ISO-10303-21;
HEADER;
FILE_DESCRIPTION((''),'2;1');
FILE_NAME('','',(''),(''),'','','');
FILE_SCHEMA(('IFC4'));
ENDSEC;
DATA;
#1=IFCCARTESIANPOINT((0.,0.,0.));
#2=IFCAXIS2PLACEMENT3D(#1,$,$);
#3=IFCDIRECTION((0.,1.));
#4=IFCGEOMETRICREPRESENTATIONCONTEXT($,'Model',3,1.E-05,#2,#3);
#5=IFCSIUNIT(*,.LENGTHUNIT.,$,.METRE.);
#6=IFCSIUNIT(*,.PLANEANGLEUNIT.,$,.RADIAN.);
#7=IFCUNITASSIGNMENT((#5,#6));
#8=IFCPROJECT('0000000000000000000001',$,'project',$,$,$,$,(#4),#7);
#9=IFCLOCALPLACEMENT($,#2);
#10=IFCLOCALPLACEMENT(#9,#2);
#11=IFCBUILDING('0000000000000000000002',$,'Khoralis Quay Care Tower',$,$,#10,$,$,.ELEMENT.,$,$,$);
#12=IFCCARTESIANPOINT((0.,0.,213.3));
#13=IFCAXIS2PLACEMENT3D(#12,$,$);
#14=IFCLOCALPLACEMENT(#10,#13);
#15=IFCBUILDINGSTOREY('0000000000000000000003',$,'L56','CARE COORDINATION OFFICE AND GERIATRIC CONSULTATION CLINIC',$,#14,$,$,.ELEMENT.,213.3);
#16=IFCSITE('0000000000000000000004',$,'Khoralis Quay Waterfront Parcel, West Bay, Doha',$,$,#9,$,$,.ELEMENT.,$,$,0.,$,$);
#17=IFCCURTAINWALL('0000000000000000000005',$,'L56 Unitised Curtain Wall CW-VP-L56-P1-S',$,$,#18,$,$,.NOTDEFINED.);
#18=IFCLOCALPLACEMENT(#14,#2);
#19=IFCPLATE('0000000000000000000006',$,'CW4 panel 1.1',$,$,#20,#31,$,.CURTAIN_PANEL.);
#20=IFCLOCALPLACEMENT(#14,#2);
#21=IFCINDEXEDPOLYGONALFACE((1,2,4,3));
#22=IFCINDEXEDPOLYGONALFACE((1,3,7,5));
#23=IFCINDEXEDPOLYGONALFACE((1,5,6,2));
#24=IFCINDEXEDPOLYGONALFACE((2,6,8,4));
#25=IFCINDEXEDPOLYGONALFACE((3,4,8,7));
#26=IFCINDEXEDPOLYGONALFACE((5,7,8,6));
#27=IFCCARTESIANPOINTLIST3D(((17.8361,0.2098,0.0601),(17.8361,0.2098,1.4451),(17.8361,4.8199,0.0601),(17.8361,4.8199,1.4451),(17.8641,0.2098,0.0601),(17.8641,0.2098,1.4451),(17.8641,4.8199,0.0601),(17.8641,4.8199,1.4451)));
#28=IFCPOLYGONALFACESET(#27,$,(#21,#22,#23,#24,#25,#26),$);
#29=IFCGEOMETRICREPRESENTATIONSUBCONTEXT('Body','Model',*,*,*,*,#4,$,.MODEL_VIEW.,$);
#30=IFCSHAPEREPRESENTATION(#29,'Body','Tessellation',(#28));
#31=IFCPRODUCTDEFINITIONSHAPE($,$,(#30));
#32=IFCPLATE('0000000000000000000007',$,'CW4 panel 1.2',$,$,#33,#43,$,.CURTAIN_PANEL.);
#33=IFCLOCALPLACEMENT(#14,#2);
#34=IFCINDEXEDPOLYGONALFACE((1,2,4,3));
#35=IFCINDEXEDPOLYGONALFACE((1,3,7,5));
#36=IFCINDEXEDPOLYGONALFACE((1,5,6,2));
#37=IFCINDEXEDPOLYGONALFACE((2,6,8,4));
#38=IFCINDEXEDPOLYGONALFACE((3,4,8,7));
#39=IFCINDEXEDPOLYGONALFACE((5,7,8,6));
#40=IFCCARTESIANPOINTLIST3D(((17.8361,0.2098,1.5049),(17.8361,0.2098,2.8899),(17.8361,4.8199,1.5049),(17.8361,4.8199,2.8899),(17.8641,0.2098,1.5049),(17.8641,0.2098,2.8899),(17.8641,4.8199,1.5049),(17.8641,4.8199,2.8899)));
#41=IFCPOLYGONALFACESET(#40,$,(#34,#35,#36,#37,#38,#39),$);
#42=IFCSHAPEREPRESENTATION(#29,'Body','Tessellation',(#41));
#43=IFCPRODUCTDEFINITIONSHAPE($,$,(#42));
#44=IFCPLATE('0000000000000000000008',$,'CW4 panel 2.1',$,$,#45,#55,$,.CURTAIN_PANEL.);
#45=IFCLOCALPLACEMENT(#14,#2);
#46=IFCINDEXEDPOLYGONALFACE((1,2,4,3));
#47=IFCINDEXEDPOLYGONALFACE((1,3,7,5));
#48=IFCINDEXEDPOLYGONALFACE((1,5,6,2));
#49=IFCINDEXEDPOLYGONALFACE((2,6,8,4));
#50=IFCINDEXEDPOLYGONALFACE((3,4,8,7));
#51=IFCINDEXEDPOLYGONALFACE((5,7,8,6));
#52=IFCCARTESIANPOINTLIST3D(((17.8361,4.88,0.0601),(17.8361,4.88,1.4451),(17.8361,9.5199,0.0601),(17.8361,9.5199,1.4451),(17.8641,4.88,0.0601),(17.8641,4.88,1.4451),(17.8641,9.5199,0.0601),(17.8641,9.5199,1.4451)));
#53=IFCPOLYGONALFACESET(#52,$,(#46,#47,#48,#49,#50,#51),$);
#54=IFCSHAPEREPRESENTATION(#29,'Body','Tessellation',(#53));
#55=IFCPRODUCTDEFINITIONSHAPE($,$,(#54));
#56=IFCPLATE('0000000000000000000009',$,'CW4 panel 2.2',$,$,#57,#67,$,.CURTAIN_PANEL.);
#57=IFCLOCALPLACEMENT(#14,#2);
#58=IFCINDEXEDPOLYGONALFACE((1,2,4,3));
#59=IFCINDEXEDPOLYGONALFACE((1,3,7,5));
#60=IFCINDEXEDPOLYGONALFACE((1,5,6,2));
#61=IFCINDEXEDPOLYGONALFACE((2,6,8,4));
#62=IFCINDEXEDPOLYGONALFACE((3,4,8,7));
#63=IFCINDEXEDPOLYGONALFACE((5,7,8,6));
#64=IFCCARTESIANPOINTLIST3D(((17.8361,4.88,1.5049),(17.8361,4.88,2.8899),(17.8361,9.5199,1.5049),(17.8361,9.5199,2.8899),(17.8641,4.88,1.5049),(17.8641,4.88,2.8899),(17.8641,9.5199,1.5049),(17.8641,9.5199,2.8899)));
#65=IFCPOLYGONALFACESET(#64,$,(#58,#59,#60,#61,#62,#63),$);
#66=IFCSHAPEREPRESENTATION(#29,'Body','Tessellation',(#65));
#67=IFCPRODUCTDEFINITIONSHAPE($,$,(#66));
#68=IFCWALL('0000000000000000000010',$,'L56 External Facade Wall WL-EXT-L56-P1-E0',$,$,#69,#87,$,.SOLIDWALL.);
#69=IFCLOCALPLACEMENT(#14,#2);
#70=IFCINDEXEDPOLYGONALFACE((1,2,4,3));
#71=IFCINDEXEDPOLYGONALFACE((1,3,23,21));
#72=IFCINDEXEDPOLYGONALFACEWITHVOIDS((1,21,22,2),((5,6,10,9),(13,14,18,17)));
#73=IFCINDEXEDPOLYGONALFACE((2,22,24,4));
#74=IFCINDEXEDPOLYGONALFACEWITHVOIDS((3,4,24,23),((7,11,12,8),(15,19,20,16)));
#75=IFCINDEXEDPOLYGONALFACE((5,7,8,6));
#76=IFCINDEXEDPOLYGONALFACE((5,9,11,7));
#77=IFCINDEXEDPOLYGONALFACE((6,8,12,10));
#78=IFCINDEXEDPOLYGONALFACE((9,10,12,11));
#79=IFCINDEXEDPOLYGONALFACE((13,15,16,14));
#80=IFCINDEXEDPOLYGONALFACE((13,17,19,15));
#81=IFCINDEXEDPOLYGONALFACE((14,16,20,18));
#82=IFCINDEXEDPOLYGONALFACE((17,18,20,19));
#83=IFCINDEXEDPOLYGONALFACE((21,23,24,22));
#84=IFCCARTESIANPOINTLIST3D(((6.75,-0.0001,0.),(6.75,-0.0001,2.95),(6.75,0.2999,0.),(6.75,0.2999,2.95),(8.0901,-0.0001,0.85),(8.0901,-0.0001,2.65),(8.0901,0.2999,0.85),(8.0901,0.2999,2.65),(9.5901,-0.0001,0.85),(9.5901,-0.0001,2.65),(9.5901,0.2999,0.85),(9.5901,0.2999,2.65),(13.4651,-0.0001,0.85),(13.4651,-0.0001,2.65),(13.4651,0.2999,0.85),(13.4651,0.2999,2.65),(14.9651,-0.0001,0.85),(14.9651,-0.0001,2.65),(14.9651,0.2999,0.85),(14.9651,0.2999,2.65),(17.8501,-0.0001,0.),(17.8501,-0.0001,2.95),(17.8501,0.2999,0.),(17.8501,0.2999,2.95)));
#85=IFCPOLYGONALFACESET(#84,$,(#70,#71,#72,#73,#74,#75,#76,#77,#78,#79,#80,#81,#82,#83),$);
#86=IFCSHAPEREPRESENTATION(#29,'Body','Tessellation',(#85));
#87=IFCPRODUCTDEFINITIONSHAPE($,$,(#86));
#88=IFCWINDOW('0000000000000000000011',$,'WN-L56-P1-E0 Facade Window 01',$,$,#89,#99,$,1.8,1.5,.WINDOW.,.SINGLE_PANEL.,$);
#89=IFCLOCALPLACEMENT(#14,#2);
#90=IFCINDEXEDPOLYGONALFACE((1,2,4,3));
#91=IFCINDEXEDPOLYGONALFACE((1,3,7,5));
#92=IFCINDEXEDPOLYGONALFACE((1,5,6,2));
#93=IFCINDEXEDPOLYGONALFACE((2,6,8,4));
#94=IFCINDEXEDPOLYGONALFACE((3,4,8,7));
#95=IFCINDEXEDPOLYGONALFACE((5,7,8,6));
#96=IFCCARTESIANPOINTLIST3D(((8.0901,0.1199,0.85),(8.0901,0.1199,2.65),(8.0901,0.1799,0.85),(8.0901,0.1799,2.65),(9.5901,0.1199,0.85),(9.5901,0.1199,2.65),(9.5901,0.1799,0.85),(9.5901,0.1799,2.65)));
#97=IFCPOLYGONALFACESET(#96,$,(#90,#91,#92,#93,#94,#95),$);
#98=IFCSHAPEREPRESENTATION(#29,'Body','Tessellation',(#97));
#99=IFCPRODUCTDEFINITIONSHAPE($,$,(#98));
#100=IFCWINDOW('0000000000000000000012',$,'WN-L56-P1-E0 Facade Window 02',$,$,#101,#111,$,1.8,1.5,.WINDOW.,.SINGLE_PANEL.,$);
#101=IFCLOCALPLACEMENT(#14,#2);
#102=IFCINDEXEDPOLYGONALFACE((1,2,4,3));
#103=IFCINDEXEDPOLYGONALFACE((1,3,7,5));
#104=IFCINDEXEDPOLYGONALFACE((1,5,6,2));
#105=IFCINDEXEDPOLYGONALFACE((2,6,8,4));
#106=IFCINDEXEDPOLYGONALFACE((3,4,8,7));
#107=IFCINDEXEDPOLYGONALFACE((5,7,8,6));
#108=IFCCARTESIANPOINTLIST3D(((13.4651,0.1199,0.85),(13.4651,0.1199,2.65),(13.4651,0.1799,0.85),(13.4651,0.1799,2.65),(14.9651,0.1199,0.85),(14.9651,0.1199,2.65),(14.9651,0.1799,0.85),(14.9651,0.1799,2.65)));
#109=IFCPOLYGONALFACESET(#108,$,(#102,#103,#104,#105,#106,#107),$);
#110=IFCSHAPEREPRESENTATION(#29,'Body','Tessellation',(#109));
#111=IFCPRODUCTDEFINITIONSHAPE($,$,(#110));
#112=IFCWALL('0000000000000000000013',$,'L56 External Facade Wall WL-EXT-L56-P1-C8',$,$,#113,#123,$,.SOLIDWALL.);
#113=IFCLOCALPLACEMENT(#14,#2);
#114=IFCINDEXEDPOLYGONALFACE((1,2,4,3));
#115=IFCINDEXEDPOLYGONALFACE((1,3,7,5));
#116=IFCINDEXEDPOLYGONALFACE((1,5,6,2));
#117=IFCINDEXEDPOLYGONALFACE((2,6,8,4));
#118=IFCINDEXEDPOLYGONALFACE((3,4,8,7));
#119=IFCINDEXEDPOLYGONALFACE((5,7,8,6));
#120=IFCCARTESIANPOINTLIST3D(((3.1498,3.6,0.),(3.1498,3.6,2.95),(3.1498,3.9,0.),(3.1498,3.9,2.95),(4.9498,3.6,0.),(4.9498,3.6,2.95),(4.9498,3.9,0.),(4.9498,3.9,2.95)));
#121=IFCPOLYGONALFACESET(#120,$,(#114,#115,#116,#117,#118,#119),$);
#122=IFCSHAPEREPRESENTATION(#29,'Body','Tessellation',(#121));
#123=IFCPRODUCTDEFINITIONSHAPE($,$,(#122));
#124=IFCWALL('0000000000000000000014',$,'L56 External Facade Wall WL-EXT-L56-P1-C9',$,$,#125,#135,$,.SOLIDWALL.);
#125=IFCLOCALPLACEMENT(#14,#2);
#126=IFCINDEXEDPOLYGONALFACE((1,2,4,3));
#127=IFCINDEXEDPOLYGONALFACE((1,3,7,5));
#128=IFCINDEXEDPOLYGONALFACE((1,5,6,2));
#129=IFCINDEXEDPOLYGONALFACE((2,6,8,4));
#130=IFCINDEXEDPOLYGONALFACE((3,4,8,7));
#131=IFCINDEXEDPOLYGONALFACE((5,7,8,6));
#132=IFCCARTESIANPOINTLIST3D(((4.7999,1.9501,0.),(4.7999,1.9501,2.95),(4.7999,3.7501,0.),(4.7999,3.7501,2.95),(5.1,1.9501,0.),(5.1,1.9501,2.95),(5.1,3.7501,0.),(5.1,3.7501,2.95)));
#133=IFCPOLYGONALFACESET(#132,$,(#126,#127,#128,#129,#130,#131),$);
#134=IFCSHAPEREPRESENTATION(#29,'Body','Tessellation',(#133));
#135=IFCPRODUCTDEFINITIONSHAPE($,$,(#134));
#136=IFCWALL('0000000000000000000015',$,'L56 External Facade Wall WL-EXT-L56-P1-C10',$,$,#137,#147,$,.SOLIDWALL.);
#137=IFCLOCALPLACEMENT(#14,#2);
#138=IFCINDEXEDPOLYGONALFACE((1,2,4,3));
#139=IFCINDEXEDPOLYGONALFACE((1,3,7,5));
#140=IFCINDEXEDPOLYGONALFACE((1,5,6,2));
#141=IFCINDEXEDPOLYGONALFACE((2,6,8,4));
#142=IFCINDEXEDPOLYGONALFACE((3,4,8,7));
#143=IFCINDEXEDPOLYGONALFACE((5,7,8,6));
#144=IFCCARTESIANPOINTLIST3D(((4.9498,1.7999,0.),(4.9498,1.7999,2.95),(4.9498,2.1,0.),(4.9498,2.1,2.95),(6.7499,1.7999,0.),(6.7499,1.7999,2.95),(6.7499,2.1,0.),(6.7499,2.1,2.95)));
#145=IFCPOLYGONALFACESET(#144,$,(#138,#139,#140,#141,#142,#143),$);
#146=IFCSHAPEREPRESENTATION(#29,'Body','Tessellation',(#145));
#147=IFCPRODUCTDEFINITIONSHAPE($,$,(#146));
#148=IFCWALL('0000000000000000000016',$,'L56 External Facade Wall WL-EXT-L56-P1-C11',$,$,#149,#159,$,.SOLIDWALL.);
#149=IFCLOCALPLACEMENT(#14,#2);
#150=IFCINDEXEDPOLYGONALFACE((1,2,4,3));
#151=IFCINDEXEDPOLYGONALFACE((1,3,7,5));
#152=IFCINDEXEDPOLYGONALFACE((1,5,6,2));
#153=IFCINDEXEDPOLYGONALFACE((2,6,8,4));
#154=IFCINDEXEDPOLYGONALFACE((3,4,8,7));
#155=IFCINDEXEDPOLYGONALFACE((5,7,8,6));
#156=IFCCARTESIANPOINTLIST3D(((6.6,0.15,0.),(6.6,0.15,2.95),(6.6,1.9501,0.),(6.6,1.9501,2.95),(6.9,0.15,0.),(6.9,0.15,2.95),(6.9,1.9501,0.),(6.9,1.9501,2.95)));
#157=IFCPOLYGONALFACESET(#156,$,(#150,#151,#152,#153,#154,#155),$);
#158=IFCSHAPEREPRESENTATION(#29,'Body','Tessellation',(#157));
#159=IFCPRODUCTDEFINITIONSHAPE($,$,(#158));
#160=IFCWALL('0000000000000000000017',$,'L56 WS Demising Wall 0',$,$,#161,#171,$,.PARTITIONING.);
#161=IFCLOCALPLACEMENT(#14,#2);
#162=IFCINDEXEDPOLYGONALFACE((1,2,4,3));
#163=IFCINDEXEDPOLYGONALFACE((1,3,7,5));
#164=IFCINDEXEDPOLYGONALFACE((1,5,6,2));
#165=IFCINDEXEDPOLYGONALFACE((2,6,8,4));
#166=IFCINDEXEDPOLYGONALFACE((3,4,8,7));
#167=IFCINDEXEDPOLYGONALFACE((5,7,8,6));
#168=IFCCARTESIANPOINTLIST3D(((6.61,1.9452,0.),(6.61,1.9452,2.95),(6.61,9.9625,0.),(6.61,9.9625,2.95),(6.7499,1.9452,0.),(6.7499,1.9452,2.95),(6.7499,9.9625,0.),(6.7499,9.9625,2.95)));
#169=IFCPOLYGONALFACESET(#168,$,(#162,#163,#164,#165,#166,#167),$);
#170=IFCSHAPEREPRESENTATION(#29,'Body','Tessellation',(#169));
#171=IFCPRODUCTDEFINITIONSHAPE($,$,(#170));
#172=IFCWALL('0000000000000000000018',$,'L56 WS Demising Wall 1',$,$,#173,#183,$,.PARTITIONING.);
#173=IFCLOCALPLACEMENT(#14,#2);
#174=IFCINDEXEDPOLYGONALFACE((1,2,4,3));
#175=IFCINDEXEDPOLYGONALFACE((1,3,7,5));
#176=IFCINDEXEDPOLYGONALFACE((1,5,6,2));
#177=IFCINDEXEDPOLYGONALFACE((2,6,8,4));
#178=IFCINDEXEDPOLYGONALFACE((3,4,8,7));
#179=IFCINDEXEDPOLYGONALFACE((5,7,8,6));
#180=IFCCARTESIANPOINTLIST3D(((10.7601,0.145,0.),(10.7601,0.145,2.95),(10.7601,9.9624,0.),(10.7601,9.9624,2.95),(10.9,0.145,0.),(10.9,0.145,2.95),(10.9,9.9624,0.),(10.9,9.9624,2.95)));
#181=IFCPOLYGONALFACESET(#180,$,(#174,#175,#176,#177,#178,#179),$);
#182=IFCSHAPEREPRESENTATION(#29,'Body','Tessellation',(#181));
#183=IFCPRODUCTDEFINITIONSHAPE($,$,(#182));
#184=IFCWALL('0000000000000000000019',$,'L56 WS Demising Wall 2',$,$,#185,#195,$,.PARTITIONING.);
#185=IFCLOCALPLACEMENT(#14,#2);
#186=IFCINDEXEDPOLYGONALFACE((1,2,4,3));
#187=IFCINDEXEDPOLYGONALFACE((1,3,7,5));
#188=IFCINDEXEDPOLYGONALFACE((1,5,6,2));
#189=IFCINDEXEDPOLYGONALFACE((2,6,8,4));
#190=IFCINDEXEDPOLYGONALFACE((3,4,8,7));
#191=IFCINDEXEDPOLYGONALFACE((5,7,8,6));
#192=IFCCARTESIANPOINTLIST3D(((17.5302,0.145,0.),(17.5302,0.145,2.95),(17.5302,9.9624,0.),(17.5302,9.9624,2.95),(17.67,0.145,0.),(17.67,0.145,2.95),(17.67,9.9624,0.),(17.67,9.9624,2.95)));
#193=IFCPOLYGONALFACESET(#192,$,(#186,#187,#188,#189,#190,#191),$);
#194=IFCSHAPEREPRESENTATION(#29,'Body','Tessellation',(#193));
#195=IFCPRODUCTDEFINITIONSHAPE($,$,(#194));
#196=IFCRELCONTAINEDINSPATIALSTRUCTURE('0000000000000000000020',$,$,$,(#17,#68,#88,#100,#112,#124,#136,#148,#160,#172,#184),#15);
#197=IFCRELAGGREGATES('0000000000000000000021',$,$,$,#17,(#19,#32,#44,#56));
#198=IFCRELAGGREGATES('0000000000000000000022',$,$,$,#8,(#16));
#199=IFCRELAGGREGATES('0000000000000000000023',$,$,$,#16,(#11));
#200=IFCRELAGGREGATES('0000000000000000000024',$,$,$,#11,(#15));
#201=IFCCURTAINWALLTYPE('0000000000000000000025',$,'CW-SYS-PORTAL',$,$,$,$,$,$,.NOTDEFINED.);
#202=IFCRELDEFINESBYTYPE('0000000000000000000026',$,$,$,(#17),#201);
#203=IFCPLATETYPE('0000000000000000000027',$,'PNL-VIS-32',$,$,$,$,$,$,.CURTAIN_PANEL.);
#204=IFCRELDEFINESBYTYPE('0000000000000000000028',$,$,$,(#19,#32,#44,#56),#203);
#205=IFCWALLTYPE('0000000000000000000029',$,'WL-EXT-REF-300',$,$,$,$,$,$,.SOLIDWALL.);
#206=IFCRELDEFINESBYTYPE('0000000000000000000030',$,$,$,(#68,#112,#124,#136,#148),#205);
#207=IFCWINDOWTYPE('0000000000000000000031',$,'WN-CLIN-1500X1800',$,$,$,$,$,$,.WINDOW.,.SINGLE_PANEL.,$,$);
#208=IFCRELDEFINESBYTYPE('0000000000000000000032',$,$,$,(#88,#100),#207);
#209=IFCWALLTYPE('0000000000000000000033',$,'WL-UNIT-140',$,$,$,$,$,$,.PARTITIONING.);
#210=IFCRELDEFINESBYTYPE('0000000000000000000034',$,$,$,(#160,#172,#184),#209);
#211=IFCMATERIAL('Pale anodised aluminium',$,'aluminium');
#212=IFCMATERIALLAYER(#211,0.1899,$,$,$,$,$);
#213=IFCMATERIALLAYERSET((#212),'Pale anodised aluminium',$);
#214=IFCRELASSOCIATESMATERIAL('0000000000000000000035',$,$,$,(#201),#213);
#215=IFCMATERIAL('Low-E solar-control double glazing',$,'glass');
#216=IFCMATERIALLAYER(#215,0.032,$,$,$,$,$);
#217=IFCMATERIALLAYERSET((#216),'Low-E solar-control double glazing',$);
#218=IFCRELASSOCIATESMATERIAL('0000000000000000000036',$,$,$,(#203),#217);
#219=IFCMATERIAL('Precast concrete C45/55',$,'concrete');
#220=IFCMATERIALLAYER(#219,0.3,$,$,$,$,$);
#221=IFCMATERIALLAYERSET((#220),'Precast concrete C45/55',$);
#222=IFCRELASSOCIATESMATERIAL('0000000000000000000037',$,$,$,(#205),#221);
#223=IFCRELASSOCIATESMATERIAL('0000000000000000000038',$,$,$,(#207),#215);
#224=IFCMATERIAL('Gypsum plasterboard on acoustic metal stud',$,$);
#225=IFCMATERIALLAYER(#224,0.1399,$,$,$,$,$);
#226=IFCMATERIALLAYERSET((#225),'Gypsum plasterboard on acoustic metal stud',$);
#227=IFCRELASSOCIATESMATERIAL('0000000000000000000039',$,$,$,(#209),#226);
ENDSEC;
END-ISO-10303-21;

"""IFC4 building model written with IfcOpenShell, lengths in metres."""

from ifc_helpers import new_model, si_unit, direction, frame, frame_2d, origin, origin_2d, place, context, subcontext, project, spatial, rectangle, extrude, source, transform, mapped, material, layer, layer_set, type_object, element, fill, aggregate, save


model = new_model("IFC4")

# Units and contexts
model_context = context("Model", 3, precision=1e-05, world=origin(), true_north=direction((0.0, 1.0)))
body_context = subcontext(model_context, "Body", "Model", "MODEL_VIEW")
ifc_project = project(units=[si_unit("LENGTHUNIT", "METRE"), si_unit("PLANEANGLEUNIT", "RADIAN")], contexts=[model_context])

# Site, building, storey
site_placement = place(None, origin())
site = spatial("IfcSite", under=ifc_project, at=site_placement, Name="Khoralis Quay Waterfront Parcel, West Bay, Doha", CompositionType="ELEMENT", RefElevation=0.0)
building_placement = place(site_placement, origin())
building = spatial("IfcBuilding", under=site, at=building_placement, Name="Khoralis Quay Care Tower", CompositionType="ELEMENT")
storey_placement = place(building_placement, frame((0.0, 0.0, 213.3)))
storey = spatial("IfcBuildingStorey", under=building, at=storey_placement, Name="L56", Description="CARE COORDINATION OFFICE AND GERIATRIC CONSULTATION CLINIC", CompositionType="ELEMENT", Elevation=213.3)

# Curtain wall
ifc_material_1 = material(Name="Pale anodised aluminium", Category="aluminium")
ifc_layer_1 = layer(ifc_material_1, 0.1899)
ifc_layer_set_1 = layer_set([ifc_layer_1], Name="Pale anodised aluminium")
curtain_wall_type = type_object("IfcCurtainWallType", Name="CW-SYS-PORTAL", PredefinedType="NOTDEFINED", material=ifc_layer_set_1)
curtain_wall_placement = place(storey_placement, origin())
curtain_wall = element("IfcCurtainWall", 1, at=curtain_wall_placement, inside=storey, type_object=curtain_wall_type, Name="L56 Unitised Curtain Wall CW-VP-L56-P1-S", PredefinedType="NOTDEFINED")

# Shared definitions
ifc_material_2 = material(Name="Precast concrete C45/55", Category="concrete")

# Plates
ifc_material_3 = material(Name="Low-E solar-control double glazing", Category="glass")
ifc_layer_2 = layer(ifc_material_3, 0.032)
ifc_layer_set_2 = layer_set([ifc_layer_2], Name="Low-E solar-control double glazing")
plate_type = type_object("IfcPlateType", Name="PNL-VIS-32", PredefinedType="CURTAIN_PANEL", material=ifc_layer_set_2)
shared_shape_1 = source(origin(), body_context, "Body", "SweptSolid", [
    extrude(rectangle(XDim=4.6101, YDim=0.0281, at=origin_2d()), origin(), (0.0, 0.0, 1.0), 1.385),
])
plate_1_placement = place(storey_placement, frame((17.8501, 2.5149, 0.0601), z_axis=(0.0, 0.0, 1.0), x_axis=(0.0, 1.0, 0.0)))
plate_1 = element("IfcPlate", 2, at=plate_1_placement, type_object=plate_type, Name="CW4 panel 1.1", PredefinedType="CURTAIN_PANEL", context=body_context, shape_type="MappedRepresentation", body=[
    mapped(shared_shape_1, transform((0.0, 0.0, 0.0), scale=1.0)),
])
plate_2_placement = place(storey_placement, frame((17.8501, 2.5149, 1.5049), z_axis=(0.0, 0.0, 1.0), x_axis=(0.0, 1.0, 0.0)))
plate_2 = element("IfcPlate", 3, at=plate_2_placement, type_object=plate_type, Name="CW4 panel 1.2", PredefinedType="CURTAIN_PANEL", context=body_context, shape_type="MappedRepresentation", body=[
    mapped(shared_shape_1, transform((0.0, 0.0, 0.0), scale=1.0)),
])
shared_shape_2 = source(origin(), body_context, "Body", "SweptSolid", [
    extrude(rectangle(XDim=4.6399, YDim=0.0281, at=origin_2d()), origin(), (0.0, 0.0, 1.0), 1.385),
])
plate_3_placement = place(storey_placement, frame((17.8501, 7.2, 0.0601), z_axis=(0.0, 0.0, 1.0), x_axis=(0.0, 1.0, 0.0)))
plate_3 = element("IfcPlate", 4, at=plate_3_placement, type_object=plate_type, Name="CW4 panel 2.1", PredefinedType="CURTAIN_PANEL", context=body_context, shape_type="MappedRepresentation", body=[
    mapped(shared_shape_2, transform((0.0, 0.0, 0.0), scale=1.0)),
])
plate_4_placement = place(storey_placement, frame((17.8501, 7.2, 1.5049), z_axis=(0.0, 0.0, 1.0), x_axis=(0.0, 1.0, 0.0)))
plate_4 = element("IfcPlate", 5, at=plate_4_placement, type_object=plate_type, Name="CW4 panel 2.2", PredefinedType="CURTAIN_PANEL", context=body_context, shape_type="MappedRepresentation", body=[
    mapped(shared_shape_2, transform((0.0, 0.0, 0.0), scale=1.0)),
])
aggregate(curtain_wall, [plate_1, plate_2, plate_3, plate_4])

# Wall, openings, windows
ifc_layer_3 = layer(ifc_material_2, 0.3)
ifc_layer_set_3 = layer_set([ifc_layer_3], Name="Precast concrete C45/55")
wall_type_1 = type_object("IfcWallType", Name="WL-EXT-REF-300", PredefinedType="SOLIDWALL", material=ifc_layer_set_3)
wall_1_placement = place(storey_placement, frame((6.75, 0.1499, 0.0), z_axis=(0.0, 0.0, 1.0), x_axis=(1.0, 0.0, 0.0)))
wall_1 = element("IfcWall", 6, at=wall_1_placement, inside=storey, type_object=wall_type_1, Name="L56 External Facade Wall WL-EXT-L56-P1-E0", PredefinedType="SOLIDWALL", context=body_context, shape_type="SweptSolid", body=[
    extrude(rectangle(XDim=11.1001, YDim=0.3, at=frame_2d((5.55, 0.0))), origin(), (0.0, 0.0, 1.0), 2.95),
])
opening_1_placement = place(wall_1_placement, frame((1.3401, 0.0, 0.8501)))
opening_1 = element("IfcOpeningElement", 7, at=opening_1_placement, cuts=wall_1, PredefinedType="OPENING", context=body_context, shape_type="SweptSolid", body=[
    extrude(rectangle(XDim=1.5, YDim=1.8, at=frame_2d((0.75, 0.8999))), frame((0.0, 0.1602, 0.0), z_axis=(0.0, -1.0, 0.0), x_axis=(1.0, 0.0, 0.0)), (0.0, 0.0, 1.0), 0.3201),
])
opening_2_placement = place(wall_1_placement, frame((6.7151, 0.0, 0.8501)))
opening_2 = element("IfcOpeningElement", 8, at=opening_2_placement, cuts=wall_1, PredefinedType="OPENING", context=body_context, shape_type="SweptSolid", body=[
    extrude(rectangle(XDim=1.5, YDim=1.8, at=frame_2d((0.75, 0.8999))), frame((0.0, 0.1602, 0.0), z_axis=(0.0, -1.0, 0.0), x_axis=(1.0, 0.0, 0.0)), (0.0, 0.0, 1.0), 0.3201),
])
window_type = type_object("IfcWindowType", Name="WN-CLIN-1500X1800", PartitioningType="SINGLE_PANEL", PredefinedType="WINDOW", material=ifc_material_3)
shared_shape_3 = source(origin(), body_context, "Body", "SweptSolid", [
    extrude(rectangle(XDim=1.5, YDim=1.8, at=frame_2d((0.75, 0.8999))), frame((0.0, 0.03, 0.0), z_axis=(0.0, -1.0, 0.0), x_axis=(1.0, 0.0, 0.0)), (0.0, 0.0, 1.0), 0.0601),
])
window_1_placement = place(opening_1_placement, origin())
window_1 = element("IfcWindow", 9, at=window_1_placement, inside=storey, type_object=window_type, Name="WN-L56-P1-E0 Facade Window 01", OverallHeight=1.8, OverallWidth=1.5, PartitioningType="SINGLE_PANEL", PredefinedType="WINDOW", context=body_context, shape_type="MappedRepresentation", body=[
    mapped(shared_shape_3, transform((0.0, 0.0, 0.0), scale=1.0)),
])
fill(opening_1, window_1)
window_2_placement = place(opening_2_placement, origin())
window_2 = element("IfcWindow", 10, at=window_2_placement, inside=storey, type_object=window_type, Name="WN-L56-P1-E0 Facade Window 02", OverallHeight=1.8, OverallWidth=1.5, PartitioningType="SINGLE_PANEL", PredefinedType="WINDOW", context=body_context, shape_type="MappedRepresentation", body=[
    mapped(shared_shape_3, transform((0.0, 0.0, 0.0), scale=1.0)),
])
fill(opening_2, window_2)

# Walls
for number, where, z_axis, x_axis, name in (
    (11, (3.1499, 3.75, 0.0), (0.0, 0.0, 1.0), (1.0, 0.0, 0.0), "L56 External Facade Wall WL-EXT-L56-P1-C8"),
    (12, (4.95, 3.75, 0.0), (0.0, 0.0, 1.0), (0.0, -1.0, 0.0), "L56 External Facade Wall WL-EXT-L56-P1-C9"),
    (13, (4.95, 1.95, 0.0), (0.0, 0.0, 1.0), (1.0, 0.0, 0.0), "L56 External Facade Wall WL-EXT-L56-P1-C10"),
    (14, (6.75, 1.95, 0.0), (0.0, 0.0, 1.0), (0.0, -1.0, 0.0), "L56 External Facade Wall WL-EXT-L56-P1-C11"),
):
    element("IfcWall", number, at=place(storey_placement, frame(where, z_axis=z_axis, x_axis=x_axis)), inside=storey, type_object=wall_type_1, Name=name, PredefinedType="SOLIDWALL", context=body_context, shape_type="SweptSolid", body=[
        extrude(rectangle(XDim=1.8, YDim=0.3, at=frame_2d((0.8999, 0.0))), origin(), (0.0, 0.0, 1.0), 2.95),
    ])
ifc_material_4 = material(Name="Gypsum plasterboard on acoustic metal stud")
ifc_layer_4 = layer(ifc_material_4, 0.1399)
ifc_layer_set_4 = layer_set([ifc_layer_4], Name="Gypsum plasterboard on acoustic metal stud")
wall_type_2 = type_object("IfcWallType", Name="WL-UNIT-140", PredefinedType="PARTITIONING", material=ifc_layer_set_4)
wall_2_placement = place(storey_placement, frame((6.6799, 1.9451, 0.0), z_axis=(0.0, 0.0, 1.0), x_axis=(0.0, 1.0, 0.0)))
element("IfcWall", 15, at=wall_2_placement, inside=storey, type_object=wall_type_2, Name="L56 WS Demising Wall 0", PredefinedType="PARTITIONING", context=body_context, shape_type="SweptSolid", body=[
    extrude(rectangle(XDim=8.0173, YDim=0.1399, at=frame_2d((4.0088, 0.0))), origin(), (0.0, 0.0, 1.0), 2.95),
])
for number, where, z_axis, x_axis, name in (
    (16, (10.8301, 0.145, 0.0), (0.0, 0.0, 1.0), (0.0, 1.0, 0.0), "L56 WS Demising Wall 1"),
    (17, (17.6001, 0.145, 0.0), (0.0, 0.0, 1.0), (0.0, 1.0, 0.0), "L56 WS Demising Wall 2"),
):
    element("IfcWall", number, at=place(storey_placement, frame(where, z_axis=z_axis, x_axis=x_axis)), inside=storey, type_object=wall_type_2, Name=name, PredefinedType="PARTITIONING", context=body_context, shape_type="SweptSolid", body=[
        extrude(rectangle(XDim=9.8174, YDim=0.1399, at=frame_2d((4.9087, 0.0))), origin(), (0.0, 0.0, 1.0), 2.95),
    ])

save(model, "model.ifc")
